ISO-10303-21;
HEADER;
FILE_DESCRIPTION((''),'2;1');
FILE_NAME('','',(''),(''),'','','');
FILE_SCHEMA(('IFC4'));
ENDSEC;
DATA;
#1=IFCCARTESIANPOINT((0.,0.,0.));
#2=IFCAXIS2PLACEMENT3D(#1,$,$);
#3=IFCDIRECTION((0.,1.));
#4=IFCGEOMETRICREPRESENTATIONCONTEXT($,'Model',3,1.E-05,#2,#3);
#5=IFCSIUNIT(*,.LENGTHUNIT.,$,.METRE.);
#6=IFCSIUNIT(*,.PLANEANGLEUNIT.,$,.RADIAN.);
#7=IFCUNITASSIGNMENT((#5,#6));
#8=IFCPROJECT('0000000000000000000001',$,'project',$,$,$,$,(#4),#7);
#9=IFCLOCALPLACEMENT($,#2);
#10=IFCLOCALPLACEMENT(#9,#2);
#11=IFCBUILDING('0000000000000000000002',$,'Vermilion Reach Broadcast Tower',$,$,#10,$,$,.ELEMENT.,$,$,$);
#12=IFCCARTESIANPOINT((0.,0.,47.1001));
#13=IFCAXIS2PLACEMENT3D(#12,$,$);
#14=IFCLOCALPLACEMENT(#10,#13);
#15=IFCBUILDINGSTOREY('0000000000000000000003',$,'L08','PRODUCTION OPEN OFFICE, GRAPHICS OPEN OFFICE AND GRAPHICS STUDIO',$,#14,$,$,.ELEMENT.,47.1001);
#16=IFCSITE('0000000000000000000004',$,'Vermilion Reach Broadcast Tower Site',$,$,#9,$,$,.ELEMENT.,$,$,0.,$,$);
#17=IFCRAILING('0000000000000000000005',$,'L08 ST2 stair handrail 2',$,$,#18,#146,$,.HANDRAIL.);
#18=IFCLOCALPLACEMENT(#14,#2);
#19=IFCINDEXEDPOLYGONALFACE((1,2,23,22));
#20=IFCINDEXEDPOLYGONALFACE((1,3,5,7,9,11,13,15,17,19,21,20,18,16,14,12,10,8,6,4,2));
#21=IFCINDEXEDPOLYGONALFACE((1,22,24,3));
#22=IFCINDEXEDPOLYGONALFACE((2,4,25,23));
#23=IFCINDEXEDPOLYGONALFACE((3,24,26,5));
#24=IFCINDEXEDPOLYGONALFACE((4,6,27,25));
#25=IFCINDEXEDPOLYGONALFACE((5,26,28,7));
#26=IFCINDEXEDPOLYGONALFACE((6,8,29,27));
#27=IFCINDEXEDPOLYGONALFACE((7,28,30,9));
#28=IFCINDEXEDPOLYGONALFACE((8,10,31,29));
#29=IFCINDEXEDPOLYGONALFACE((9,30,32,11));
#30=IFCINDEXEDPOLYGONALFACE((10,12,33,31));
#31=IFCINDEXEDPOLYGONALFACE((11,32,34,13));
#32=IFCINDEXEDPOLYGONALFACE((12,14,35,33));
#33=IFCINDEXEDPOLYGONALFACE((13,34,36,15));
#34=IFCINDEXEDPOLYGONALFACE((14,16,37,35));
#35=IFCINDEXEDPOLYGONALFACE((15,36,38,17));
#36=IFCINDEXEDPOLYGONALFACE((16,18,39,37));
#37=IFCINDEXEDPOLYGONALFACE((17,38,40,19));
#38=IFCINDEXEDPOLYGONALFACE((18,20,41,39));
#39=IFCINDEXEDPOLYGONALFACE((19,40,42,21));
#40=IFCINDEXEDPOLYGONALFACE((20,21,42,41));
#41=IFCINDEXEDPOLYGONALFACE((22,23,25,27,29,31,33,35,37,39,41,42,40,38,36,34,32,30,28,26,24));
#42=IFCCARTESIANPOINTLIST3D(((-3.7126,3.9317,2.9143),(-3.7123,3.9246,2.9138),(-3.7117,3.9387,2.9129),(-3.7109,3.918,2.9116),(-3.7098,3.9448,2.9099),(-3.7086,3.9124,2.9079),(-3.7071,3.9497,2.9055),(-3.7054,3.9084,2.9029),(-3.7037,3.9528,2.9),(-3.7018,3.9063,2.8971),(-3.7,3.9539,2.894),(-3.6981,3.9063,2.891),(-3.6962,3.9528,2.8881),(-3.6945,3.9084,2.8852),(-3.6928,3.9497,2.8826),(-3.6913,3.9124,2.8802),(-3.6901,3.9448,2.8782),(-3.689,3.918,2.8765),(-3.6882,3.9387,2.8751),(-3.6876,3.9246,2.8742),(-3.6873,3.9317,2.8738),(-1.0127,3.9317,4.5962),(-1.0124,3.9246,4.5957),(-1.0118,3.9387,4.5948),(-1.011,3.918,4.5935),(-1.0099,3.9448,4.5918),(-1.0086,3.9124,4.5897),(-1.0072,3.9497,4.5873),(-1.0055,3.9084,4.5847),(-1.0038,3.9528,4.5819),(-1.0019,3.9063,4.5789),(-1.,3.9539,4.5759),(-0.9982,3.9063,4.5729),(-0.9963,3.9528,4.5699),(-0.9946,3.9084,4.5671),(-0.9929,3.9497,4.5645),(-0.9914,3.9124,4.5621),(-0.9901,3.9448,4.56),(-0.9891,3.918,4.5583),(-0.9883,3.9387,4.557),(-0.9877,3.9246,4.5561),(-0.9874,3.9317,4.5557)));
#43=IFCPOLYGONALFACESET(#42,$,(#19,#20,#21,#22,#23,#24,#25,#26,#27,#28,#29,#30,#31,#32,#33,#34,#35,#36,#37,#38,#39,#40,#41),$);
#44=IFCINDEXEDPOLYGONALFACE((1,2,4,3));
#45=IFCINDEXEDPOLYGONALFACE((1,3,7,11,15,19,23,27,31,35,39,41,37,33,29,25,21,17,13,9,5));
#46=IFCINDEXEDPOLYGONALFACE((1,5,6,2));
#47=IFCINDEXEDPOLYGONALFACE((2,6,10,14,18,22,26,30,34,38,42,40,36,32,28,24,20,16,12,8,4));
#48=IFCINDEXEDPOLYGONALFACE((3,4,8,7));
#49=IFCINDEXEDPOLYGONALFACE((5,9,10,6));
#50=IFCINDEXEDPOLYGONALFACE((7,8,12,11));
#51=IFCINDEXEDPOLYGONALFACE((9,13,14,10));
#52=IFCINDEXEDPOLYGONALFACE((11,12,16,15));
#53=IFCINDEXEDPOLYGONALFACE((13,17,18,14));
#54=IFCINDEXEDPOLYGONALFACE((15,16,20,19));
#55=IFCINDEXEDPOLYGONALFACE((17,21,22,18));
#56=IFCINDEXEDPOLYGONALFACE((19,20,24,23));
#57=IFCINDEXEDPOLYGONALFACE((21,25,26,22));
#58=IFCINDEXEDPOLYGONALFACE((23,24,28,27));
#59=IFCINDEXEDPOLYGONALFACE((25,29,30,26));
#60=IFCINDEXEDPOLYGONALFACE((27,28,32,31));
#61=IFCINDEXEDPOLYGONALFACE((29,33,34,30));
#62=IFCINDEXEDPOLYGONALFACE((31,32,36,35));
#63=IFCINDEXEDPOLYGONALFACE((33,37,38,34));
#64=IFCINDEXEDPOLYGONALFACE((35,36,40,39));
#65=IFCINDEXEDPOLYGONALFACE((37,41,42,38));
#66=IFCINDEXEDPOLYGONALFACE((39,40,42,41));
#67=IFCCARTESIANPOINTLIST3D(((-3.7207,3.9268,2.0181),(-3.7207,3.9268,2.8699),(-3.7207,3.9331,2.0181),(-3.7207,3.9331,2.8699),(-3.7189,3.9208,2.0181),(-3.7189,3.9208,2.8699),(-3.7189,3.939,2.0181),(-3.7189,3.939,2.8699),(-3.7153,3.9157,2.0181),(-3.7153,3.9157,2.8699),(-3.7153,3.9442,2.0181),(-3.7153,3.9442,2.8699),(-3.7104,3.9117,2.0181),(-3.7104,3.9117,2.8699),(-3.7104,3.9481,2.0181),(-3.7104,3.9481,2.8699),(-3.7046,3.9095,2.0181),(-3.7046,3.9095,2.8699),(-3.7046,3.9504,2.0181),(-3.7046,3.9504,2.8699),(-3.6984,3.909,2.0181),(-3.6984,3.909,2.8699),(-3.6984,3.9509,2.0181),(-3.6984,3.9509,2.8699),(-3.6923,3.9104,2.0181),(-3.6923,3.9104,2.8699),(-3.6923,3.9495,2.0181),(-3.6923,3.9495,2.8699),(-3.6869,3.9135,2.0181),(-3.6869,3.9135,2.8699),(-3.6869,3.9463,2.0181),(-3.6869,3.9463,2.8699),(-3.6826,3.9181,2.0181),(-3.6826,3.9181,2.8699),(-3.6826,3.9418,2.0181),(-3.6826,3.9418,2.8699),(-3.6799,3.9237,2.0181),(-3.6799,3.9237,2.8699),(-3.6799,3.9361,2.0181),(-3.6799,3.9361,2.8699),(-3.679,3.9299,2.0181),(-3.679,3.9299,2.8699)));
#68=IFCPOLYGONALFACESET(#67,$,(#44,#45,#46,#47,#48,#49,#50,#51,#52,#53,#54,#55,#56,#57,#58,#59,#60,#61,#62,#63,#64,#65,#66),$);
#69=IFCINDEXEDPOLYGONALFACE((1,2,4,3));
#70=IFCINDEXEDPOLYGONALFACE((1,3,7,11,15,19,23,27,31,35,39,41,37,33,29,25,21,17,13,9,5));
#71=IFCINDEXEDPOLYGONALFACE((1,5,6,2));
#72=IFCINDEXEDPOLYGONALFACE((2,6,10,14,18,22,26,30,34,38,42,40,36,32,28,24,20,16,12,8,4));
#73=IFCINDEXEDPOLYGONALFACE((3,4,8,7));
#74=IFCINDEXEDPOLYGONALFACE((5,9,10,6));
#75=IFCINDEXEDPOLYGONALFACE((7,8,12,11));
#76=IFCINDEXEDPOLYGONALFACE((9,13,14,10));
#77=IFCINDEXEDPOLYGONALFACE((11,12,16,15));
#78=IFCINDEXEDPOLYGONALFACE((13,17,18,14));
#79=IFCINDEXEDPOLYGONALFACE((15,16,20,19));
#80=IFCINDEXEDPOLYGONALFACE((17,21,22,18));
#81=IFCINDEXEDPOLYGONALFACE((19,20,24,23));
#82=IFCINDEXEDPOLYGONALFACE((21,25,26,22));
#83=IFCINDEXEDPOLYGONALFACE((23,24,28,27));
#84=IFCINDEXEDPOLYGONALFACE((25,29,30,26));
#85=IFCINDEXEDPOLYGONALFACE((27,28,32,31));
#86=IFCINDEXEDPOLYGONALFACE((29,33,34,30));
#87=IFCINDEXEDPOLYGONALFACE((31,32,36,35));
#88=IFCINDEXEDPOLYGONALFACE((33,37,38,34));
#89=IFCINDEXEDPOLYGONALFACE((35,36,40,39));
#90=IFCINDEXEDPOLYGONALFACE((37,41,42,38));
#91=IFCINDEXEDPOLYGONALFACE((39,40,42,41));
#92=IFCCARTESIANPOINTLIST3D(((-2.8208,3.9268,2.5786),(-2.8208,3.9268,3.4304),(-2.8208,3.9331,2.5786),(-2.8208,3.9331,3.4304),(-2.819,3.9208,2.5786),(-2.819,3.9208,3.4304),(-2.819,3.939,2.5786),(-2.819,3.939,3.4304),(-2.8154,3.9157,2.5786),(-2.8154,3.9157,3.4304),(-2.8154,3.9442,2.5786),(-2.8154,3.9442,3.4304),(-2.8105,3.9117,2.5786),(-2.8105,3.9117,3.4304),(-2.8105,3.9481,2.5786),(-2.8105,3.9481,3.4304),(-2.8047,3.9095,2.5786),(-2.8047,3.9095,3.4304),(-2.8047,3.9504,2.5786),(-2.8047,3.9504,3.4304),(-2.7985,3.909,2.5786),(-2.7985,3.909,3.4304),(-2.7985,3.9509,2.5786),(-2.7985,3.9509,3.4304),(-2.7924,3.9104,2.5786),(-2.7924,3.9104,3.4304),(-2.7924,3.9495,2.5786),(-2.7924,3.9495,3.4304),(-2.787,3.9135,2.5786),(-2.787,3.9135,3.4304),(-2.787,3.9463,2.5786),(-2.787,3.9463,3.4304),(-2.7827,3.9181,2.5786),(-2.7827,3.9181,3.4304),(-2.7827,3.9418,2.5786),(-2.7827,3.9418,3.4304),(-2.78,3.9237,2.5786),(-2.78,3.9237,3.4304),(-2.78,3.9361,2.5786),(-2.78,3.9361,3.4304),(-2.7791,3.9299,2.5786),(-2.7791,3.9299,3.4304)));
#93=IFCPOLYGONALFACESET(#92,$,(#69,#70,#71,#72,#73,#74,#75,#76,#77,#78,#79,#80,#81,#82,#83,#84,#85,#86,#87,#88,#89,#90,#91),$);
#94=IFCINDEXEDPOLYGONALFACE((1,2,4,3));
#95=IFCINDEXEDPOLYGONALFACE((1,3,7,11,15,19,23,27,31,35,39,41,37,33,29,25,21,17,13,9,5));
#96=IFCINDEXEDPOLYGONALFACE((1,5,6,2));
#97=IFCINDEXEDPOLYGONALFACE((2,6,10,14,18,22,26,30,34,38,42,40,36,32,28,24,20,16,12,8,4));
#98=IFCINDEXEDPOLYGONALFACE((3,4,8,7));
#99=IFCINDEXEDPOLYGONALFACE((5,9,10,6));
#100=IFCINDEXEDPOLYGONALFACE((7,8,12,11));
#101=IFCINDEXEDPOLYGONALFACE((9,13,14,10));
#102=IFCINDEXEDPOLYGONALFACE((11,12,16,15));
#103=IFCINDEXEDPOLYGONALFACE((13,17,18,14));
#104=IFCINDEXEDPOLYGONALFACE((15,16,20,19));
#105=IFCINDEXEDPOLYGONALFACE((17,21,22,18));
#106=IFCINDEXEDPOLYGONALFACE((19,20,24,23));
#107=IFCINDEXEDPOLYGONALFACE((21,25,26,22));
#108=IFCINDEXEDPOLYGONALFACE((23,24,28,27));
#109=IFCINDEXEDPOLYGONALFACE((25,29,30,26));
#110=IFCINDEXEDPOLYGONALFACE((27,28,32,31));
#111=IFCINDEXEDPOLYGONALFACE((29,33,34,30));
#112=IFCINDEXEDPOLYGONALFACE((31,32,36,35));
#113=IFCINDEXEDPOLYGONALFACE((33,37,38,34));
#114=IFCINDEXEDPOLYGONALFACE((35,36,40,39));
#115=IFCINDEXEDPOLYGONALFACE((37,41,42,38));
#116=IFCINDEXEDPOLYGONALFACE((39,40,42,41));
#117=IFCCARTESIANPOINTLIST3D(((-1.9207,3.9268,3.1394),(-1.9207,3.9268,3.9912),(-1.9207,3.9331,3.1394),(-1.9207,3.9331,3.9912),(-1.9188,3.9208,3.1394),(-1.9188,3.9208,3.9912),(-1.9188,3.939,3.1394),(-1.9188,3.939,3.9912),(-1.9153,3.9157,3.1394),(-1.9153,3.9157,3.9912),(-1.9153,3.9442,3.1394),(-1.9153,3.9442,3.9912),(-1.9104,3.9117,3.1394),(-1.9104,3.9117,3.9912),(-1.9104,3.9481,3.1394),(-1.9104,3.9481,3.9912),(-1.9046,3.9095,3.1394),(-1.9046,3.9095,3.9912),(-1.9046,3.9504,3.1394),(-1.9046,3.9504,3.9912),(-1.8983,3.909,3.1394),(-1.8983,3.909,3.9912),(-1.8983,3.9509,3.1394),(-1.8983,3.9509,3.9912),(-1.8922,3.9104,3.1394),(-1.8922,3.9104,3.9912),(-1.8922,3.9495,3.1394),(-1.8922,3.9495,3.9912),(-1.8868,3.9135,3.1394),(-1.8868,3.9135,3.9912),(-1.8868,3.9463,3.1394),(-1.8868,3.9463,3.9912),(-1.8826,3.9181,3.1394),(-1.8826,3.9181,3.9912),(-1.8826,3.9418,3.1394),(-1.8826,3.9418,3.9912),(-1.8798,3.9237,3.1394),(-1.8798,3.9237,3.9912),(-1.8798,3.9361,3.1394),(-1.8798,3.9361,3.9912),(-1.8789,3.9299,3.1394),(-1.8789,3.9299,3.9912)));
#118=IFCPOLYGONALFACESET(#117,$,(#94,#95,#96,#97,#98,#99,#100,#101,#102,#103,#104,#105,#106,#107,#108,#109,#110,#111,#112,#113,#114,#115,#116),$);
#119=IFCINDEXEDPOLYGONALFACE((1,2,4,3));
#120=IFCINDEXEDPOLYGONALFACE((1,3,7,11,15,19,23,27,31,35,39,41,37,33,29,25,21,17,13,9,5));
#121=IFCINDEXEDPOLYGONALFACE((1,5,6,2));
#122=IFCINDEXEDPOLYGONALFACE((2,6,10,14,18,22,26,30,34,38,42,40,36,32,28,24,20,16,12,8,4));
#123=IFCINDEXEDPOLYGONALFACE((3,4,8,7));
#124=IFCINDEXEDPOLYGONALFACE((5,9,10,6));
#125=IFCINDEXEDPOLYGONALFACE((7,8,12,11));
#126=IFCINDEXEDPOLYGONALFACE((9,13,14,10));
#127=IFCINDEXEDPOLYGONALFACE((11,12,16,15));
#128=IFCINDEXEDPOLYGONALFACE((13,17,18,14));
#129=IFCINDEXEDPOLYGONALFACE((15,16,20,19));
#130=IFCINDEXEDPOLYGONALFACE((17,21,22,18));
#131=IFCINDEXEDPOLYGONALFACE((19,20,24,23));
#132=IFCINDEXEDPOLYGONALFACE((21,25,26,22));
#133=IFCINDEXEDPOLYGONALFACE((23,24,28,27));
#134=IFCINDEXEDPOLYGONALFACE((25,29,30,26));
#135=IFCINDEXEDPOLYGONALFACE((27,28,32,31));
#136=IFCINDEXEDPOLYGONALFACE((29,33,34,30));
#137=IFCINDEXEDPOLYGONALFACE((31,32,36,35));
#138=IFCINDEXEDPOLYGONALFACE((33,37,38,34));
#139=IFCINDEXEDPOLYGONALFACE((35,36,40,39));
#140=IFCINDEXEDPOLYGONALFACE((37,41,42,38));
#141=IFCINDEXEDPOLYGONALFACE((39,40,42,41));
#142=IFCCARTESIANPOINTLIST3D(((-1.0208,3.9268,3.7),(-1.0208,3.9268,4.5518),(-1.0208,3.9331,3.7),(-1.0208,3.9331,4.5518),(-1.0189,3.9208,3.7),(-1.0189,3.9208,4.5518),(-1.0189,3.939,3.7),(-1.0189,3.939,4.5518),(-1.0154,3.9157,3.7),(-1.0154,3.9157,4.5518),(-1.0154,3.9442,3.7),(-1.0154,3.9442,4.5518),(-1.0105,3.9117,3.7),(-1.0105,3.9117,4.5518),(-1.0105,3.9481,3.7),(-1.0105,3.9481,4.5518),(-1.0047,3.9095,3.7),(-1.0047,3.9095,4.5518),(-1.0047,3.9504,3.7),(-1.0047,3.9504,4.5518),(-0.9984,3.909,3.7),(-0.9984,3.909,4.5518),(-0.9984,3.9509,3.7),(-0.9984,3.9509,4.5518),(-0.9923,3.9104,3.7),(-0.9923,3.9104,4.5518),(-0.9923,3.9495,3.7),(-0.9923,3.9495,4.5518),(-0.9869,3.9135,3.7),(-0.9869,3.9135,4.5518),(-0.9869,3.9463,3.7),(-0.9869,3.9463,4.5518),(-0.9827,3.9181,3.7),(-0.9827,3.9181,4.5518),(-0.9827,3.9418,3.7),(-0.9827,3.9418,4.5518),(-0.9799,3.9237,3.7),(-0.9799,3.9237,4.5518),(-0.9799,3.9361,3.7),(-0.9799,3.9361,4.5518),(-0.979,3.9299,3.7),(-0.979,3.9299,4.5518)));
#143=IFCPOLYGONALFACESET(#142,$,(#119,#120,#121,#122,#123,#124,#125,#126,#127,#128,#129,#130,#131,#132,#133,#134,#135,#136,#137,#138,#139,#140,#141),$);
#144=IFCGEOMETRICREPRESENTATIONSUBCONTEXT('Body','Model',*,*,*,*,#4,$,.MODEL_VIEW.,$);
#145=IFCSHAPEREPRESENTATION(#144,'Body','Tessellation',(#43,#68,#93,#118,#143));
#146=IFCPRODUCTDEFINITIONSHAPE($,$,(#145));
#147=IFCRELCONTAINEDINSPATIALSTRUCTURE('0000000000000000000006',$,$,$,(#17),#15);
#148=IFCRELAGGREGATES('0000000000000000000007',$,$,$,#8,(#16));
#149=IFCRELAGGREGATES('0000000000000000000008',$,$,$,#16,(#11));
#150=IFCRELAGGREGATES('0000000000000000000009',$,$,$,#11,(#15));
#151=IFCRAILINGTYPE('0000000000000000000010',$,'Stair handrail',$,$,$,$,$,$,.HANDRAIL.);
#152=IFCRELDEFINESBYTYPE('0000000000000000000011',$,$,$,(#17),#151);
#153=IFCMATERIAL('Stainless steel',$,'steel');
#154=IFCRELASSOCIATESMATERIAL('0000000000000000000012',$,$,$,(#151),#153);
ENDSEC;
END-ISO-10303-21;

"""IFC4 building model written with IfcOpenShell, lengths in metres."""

from ifc_helpers import new_model, si_unit, direction, frame, origin, origin_2d, place, context, subcontext, project, spatial, circle, extrude, material, type_object, element, save


model = new_model("IFC4")

# Units and contexts
model_context = context("Model", 3, precision=1e-05, world=origin(), true_north=direction((0.0, 1.0)))
body_context = subcontext(model_context, "Body", "Model", "MODEL_VIEW")
ifc_project = project(units=[si_unit("LENGTHUNIT", "METRE"), si_unit("PLANEANGLEUNIT", "RADIAN")], contexts=[model_context])

# Site, building, storey
site_placement = place(None, origin())
site = spatial("IfcSite", under=ifc_project, at=site_placement, Name="Vermilion Reach Broadcast Tower Site", CompositionType="ELEMENT", RefElevation=0.0)
building_placement = place(site_placement, origin())
building = spatial("IfcBuilding", under=site, at=building_placement, Name="Vermilion Reach Broadcast Tower", CompositionType="ELEMENT")
storey_placement = place(building_placement, frame((0.0, 0.0, 47.1001)))
storey = spatial("IfcBuildingStorey", under=building, at=storey_placement, Name="L08", Description="PRODUCTION OPEN OFFICE, GRAPHICS OPEN OFFICE AND GRAPHICS STUDIO", CompositionType="ELEMENT", Elevation=47.1001)

# Railing
ifc_material_1 = material(Name="Stainless steel", Category="steel")
railing_type_1 = type_object("IfcRailingType", Name="Stair handrail", PredefinedType="HANDRAIL", material=ifc_material_1)
railing_1_placement = place(storey_placement, frame((-3.7, 3.9299, 2.0181)))
element("IfcRailing", 1, at=railing_1_placement, inside=storey, type_object=railing_type_1, Name="L08 ST2 stair handrail 2", PredefinedType="HANDRAIL", context=body_context, shape_type="SweptSolid", body=[
    extrude(circle(Radius=0.0239, at=origin_2d()), frame((0.0, 0.0, 0.876), z_axis=(0.848786, 0.0, 0.528736), x_axis=(0.0, 1.0, 0.0)), (0.0, 0.0, 1.0), 3.1809),
    extrude(circle(Radius=0.021, at=origin_2d()), origin(), (0.0, 0.0, 1.0), 0.8518),
    extrude(circle(Radius=0.021, at=origin_2d()), frame((0.8999, 0.0, 0.5605)), (0.0, 0.0, 1.0), 0.8518),
    extrude(circle(Radius=0.021, at=origin_2d()), frame((1.8, 0.0, 1.1213)), (0.0, 0.0, 1.0), 0.8518),
    extrude(circle(Radius=0.021, at=origin_2d()), frame((2.7, 0.0, 1.6819)), (0.0, 0.0, 1.0), 0.8518),
])

save(model, "model.ifc")
